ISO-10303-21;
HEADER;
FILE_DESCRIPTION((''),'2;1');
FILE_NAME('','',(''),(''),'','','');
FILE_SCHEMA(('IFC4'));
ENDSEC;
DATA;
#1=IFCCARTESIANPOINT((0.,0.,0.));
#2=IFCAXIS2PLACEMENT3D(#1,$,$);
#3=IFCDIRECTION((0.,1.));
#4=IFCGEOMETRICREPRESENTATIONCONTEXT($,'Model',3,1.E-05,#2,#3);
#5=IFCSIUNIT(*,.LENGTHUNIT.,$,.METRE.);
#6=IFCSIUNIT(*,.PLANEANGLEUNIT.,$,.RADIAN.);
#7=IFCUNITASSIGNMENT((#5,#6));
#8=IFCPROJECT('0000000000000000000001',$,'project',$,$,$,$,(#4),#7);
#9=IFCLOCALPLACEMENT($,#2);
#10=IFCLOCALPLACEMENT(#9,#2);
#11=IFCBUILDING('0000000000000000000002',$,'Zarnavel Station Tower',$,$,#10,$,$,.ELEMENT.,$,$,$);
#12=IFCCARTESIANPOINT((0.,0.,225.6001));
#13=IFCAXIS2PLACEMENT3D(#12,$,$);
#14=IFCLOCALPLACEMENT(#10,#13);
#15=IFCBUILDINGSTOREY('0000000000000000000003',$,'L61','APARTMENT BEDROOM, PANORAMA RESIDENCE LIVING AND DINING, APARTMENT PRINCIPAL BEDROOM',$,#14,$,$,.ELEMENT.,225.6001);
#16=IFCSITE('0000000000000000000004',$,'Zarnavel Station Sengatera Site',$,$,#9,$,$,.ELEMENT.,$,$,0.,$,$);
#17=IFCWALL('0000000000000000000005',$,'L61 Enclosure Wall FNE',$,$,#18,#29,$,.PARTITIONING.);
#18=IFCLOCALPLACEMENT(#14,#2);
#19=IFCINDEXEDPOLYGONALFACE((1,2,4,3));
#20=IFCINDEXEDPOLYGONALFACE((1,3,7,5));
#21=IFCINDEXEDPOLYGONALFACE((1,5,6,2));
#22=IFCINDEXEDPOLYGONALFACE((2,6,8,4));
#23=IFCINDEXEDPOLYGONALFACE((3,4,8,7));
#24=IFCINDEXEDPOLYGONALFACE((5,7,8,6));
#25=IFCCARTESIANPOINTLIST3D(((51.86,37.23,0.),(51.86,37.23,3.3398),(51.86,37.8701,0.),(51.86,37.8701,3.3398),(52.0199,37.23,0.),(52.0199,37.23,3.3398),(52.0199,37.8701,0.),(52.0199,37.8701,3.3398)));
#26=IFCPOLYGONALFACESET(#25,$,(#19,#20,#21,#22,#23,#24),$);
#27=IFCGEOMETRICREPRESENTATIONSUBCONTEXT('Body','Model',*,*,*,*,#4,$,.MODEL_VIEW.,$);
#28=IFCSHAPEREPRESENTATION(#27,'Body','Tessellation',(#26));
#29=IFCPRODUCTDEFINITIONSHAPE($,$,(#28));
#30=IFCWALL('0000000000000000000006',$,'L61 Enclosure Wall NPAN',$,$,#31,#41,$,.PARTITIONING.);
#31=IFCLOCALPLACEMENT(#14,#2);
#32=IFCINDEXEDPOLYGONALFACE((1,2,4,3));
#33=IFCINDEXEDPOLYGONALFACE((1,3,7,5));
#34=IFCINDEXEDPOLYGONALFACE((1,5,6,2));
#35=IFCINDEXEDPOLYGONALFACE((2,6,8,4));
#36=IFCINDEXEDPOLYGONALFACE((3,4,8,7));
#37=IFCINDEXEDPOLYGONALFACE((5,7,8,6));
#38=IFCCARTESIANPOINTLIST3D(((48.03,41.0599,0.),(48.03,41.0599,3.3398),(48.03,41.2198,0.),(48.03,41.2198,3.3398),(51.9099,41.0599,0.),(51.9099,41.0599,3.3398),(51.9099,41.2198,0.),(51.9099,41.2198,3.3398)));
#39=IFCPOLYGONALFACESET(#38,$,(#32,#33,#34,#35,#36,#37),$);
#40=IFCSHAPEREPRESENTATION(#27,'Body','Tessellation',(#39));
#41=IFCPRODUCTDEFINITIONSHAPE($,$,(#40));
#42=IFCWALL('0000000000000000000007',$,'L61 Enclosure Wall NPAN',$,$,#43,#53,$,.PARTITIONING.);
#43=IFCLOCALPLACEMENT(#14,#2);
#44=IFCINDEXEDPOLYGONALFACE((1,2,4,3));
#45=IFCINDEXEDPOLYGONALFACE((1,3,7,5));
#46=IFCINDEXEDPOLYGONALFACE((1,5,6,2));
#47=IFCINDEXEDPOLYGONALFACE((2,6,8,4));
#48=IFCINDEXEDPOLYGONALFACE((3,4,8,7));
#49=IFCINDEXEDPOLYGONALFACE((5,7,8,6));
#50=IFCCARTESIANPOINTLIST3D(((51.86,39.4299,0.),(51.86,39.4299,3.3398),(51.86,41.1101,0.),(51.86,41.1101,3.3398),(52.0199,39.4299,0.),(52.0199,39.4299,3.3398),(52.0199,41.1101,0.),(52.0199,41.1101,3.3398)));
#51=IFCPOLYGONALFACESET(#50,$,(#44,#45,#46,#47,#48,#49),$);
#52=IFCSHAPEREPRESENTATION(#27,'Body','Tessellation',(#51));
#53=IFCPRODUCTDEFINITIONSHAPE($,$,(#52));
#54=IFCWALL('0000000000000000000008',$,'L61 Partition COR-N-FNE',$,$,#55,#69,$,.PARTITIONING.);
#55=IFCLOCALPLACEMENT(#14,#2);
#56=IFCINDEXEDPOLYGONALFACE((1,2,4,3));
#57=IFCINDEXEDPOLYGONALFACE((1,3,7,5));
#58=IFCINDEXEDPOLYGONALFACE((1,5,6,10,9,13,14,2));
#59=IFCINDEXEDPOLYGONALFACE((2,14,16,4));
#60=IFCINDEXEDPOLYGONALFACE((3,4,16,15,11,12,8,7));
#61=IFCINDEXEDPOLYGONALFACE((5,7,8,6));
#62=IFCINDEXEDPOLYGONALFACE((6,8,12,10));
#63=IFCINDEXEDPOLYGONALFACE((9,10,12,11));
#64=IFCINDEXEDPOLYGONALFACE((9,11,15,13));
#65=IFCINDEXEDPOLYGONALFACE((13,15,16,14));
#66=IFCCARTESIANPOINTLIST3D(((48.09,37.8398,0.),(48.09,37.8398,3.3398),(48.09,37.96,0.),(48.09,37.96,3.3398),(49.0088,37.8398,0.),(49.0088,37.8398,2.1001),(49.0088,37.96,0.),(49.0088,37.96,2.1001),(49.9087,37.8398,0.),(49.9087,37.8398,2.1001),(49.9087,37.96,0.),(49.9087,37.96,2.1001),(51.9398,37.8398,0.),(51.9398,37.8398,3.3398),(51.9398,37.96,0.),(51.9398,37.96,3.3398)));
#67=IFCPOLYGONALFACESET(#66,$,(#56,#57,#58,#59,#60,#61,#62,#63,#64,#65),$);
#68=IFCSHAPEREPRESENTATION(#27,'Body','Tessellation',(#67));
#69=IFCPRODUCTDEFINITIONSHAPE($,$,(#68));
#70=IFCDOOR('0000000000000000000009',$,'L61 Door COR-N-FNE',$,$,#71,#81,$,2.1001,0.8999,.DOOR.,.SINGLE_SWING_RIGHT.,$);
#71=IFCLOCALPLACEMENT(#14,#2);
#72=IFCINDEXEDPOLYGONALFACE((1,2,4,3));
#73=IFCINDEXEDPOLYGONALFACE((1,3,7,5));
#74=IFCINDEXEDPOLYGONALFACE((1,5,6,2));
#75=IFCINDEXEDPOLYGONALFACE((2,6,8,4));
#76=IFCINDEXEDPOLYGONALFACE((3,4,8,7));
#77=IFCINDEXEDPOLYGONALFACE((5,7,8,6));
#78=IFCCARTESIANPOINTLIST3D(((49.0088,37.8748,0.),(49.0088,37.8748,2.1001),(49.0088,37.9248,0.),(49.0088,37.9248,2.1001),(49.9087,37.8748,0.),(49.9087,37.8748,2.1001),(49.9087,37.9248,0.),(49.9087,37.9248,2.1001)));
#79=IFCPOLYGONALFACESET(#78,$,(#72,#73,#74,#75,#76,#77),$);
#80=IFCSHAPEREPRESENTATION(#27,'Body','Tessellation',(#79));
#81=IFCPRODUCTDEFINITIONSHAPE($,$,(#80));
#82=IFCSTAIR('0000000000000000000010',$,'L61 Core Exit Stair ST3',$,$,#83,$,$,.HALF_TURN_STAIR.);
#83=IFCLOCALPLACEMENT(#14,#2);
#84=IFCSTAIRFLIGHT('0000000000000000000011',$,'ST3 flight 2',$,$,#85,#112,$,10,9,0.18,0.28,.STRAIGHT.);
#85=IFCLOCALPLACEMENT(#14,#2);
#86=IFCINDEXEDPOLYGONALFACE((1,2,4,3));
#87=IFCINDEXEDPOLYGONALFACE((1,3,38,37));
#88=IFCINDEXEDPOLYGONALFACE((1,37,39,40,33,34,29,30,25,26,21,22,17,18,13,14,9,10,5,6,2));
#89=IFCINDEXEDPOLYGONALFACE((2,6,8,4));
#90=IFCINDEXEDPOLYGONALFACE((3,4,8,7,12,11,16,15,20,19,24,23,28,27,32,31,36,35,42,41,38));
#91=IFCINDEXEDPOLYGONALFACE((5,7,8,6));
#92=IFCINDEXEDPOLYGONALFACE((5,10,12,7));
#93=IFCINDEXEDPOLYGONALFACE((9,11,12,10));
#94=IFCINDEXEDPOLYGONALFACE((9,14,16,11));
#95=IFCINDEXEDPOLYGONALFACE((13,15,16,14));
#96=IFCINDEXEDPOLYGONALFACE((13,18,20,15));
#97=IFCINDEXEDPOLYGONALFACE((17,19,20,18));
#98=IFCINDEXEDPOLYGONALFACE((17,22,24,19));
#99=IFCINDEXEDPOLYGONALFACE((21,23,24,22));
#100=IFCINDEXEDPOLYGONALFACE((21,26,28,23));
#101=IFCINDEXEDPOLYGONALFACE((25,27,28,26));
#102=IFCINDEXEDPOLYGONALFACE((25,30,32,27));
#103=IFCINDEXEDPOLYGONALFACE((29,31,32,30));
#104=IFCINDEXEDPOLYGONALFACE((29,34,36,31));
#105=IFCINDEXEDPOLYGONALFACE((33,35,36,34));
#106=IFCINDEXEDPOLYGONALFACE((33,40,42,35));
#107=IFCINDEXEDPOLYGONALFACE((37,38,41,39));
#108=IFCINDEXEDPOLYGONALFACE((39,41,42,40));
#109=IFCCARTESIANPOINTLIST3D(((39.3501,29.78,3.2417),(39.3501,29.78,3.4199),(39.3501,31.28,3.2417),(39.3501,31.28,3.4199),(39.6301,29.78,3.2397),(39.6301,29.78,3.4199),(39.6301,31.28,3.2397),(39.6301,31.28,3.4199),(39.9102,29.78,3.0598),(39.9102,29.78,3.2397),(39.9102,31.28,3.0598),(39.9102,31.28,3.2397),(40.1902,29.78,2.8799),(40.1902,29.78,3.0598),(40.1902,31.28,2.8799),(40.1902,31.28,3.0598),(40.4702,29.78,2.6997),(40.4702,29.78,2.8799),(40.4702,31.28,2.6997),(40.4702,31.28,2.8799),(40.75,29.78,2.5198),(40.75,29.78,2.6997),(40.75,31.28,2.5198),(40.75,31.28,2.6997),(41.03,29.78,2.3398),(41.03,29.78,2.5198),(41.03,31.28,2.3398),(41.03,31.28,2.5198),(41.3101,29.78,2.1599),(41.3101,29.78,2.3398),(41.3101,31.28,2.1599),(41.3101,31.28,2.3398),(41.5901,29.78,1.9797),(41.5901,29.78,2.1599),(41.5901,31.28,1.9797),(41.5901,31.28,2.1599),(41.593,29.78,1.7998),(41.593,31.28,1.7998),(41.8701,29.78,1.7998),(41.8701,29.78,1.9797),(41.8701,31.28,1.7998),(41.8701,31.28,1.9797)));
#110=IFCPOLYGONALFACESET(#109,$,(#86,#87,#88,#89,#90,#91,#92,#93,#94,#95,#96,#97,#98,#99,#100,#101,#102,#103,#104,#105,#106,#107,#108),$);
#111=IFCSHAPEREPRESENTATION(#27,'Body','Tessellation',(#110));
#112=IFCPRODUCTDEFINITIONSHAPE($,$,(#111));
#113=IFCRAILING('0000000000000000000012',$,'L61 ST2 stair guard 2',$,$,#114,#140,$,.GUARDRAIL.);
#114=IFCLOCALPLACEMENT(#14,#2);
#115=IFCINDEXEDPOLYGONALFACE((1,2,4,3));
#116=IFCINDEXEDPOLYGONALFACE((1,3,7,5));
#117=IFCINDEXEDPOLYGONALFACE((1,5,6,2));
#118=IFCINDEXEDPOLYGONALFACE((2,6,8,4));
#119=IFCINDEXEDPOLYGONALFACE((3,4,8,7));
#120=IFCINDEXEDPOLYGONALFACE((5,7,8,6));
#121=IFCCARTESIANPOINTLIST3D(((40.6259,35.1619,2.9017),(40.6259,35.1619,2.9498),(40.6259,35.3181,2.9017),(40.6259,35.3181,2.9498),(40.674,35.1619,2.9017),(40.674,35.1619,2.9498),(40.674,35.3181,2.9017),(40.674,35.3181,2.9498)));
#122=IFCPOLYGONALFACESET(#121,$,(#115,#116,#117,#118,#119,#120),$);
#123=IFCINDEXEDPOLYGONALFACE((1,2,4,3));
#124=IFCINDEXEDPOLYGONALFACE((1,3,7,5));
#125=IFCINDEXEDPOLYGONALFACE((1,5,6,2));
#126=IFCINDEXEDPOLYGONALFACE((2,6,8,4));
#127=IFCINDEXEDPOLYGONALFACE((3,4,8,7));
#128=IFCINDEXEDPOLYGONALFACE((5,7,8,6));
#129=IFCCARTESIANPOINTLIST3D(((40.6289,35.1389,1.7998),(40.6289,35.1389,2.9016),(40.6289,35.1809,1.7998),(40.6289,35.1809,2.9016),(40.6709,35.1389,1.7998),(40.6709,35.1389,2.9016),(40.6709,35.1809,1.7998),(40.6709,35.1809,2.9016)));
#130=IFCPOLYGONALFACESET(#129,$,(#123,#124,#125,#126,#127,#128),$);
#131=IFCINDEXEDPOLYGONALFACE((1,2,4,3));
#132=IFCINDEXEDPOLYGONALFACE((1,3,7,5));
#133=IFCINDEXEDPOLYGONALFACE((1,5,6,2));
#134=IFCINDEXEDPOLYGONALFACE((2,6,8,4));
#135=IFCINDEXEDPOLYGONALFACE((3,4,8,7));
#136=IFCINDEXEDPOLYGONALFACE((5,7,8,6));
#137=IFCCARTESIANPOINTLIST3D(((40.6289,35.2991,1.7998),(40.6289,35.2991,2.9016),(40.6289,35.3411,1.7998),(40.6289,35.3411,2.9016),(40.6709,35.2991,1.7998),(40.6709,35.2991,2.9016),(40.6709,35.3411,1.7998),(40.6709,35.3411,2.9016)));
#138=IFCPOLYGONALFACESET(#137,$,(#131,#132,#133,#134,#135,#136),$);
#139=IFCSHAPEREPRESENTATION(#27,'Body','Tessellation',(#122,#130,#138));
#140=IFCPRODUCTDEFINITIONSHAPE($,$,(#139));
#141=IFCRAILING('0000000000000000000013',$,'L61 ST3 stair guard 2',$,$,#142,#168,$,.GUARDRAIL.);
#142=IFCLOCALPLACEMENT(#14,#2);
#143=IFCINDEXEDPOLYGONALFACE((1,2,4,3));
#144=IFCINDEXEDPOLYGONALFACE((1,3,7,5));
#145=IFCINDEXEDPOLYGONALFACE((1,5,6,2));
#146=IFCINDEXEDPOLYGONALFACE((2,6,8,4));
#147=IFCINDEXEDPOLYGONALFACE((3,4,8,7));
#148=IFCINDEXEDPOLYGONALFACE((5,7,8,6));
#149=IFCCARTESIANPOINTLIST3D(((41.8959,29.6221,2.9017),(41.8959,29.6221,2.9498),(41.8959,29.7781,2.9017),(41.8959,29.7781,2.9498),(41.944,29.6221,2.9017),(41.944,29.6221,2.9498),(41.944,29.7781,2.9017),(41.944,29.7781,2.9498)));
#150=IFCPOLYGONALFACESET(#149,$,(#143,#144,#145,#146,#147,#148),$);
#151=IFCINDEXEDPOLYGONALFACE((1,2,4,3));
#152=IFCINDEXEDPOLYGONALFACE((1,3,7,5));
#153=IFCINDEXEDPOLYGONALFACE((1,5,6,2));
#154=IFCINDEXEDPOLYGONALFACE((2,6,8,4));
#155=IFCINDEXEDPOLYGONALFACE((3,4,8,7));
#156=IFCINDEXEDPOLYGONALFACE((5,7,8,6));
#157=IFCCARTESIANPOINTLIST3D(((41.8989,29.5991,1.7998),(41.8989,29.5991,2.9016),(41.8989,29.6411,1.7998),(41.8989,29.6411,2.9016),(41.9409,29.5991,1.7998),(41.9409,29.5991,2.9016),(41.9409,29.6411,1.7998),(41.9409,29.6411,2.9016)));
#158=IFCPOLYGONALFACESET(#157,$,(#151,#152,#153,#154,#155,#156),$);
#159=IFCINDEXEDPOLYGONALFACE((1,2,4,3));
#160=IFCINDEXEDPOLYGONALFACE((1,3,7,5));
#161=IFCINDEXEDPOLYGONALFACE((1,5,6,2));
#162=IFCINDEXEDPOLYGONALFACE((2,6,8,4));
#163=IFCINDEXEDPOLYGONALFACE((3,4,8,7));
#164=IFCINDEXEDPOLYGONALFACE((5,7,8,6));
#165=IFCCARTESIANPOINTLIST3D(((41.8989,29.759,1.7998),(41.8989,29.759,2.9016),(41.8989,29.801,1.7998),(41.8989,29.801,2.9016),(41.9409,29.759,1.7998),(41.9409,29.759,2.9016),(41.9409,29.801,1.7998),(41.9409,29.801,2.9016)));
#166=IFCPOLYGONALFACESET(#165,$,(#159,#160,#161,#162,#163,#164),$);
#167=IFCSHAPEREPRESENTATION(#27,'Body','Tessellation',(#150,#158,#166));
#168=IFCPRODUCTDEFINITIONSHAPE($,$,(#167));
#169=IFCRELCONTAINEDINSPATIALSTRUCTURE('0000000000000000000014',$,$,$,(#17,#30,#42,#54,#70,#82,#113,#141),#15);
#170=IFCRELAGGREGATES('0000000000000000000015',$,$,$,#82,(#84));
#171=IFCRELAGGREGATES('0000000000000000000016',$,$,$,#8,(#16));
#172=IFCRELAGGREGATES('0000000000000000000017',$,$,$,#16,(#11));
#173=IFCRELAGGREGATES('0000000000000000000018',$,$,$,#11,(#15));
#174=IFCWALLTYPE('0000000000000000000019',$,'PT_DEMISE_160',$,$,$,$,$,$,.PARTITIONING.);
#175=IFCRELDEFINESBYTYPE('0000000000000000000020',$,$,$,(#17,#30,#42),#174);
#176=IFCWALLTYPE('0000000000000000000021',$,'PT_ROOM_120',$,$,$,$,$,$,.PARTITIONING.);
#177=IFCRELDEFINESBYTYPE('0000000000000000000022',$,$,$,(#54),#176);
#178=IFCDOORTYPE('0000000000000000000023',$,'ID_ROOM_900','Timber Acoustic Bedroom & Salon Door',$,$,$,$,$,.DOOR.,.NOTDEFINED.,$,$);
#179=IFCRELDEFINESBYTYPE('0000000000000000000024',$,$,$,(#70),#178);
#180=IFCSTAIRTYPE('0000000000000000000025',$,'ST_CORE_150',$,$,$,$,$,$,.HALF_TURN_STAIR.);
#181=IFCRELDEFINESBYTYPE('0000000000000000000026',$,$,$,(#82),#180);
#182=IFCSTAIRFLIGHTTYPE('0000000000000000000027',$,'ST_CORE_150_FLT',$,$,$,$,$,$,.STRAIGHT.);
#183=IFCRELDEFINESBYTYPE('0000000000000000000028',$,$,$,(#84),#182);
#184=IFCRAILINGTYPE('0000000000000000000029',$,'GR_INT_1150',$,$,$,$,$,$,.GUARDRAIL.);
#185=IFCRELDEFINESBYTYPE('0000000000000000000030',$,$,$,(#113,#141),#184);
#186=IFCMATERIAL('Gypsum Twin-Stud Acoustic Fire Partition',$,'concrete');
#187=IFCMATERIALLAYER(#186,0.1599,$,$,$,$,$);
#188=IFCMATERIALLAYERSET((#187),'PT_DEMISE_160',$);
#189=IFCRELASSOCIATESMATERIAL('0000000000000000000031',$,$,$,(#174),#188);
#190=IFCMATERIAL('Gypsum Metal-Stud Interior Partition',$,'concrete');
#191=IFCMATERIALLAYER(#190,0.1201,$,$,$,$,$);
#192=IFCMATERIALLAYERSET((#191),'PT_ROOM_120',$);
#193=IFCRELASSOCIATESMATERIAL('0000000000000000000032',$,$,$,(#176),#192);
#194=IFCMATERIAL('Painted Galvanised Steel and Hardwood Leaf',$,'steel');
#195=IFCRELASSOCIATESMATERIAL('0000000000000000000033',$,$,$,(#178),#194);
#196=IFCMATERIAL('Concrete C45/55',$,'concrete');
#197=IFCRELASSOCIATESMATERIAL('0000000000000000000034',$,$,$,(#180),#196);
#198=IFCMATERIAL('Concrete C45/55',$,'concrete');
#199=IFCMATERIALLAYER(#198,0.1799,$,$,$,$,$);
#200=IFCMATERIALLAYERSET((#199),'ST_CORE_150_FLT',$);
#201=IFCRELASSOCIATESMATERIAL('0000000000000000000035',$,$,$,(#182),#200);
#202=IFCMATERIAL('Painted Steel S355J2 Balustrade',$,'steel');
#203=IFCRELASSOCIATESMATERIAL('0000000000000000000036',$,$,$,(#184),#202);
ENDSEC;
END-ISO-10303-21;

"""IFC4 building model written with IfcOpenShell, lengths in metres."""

from ifc_helpers import new_model, si_unit, direction, frame, frame_2d, origin, origin_2d, place, context, subcontext, project, spatial, polyline, rectangle, outline, extrude, material, layer, layer_set, type_object, element, fill, aggregate, save


model = new_model("IFC4")

# Units and contexts
model_context = context("Model", 3, precision=1e-05, world=origin(), true_north=direction((0.0, 1.0)))
body_context = subcontext(model_context, "Body", "Model", "MODEL_VIEW")
ifc_project = project(units=[si_unit("LENGTHUNIT", "METRE"), si_unit("PLANEANGLEUNIT", "RADIAN")], contexts=[model_context])

# Site, building, storey
site_placement = place(None, origin())
site = spatial("IfcSite", under=ifc_project, at=site_placement, Name="Zarnavel Station Sengatera Site", CompositionType="ELEMENT", RefElevation=0.0)
building_placement = place(site_placement, origin())
building = spatial("IfcBuilding", under=site, at=building_placement, Name="Zarnavel Station Tower", CompositionType="ELEMENT")
storey_placement = place(building_placement, frame((0.0, 0.0, 225.6001)))
storey = spatial("IfcBuildingStorey", under=building, at=storey_placement, Name="L61", Description="APARTMENT BEDROOM, PANORAMA RESIDENCE LIVING AND DINING, APARTMENT PRINCIPAL BEDROOM", CompositionType="ELEMENT", Elevation=225.6001)

# Walls
ifc_material_1 = material(Name="Gypsum Twin-Stud Acoustic Fire Partition", Category="concrete")
ifc_layer_1 = layer(ifc_material_1, 0.1599)
ifc_layer_set_1 = layer_set([ifc_layer_1], Name="PT_DEMISE_160")
wall_type_1 = type_object("IfcWallType", Name="PT_DEMISE_160", PredefinedType="PARTITIONING", material=ifc_layer_set_1)
wall_1_placement = place(storey_placement, frame((51.9399, 37.23, 0.0), z_axis=(0.0, 0.0, 1.0), x_axis=(0.0, 1.0, 0.0)))
element("IfcWall", 1, at=wall_1_placement, inside=storey, type_object=wall_type_1, Name="L61 Enclosure Wall FNE", PredefinedType="PARTITIONING", context=body_context, shape_type="SweptSolid", body=[
    extrude(rectangle(XDim=0.6401, YDim=0.1599, at=frame_2d((0.3201, 0.0))), origin(), (0.0, 0.0, 1.0), 3.3398),
])
wall_2_placement = place(storey_placement, frame((48.03, 41.1399, 0.0), z_axis=(0.0, 0.0, 1.0), x_axis=(1.0, 0.0, 0.0)))
element("IfcWall", 2, at=wall_2_placement, inside=storey, type_object=wall_type_1, Name="L61 Enclosure Wall NPAN", PredefinedType="PARTITIONING", context=body_context, shape_type="SweptSolid", body=[
    extrude(rectangle(XDim=3.8799, YDim=0.1599, at=frame_2d((1.9399, 0.0))), origin(), (0.0, 0.0, 1.0), 3.3398),
])
wall_3_placement = place(storey_placement, frame((51.9399, 39.4299, 0.0), z_axis=(0.0, 0.0, 1.0), x_axis=(0.0, 1.0, 0.0)))
element("IfcWall", 3, at=wall_3_placement, inside=storey, type_object=wall_type_1, Name="L61 Enclosure Wall NPAN", PredefinedType="PARTITIONING", context=body_context, shape_type="SweptSolid", body=[
    extrude(rectangle(XDim=1.6802, YDim=0.1599, at=frame_2d((0.8401, 0.0))), origin(), (0.0, 0.0, 1.0), 3.3398),
])

# Wall, opening, door
ifc_material_2 = material(Name="Gypsum Metal-Stud Interior Partition", Category="concrete")
ifc_layer_2 = layer(ifc_material_2, 0.1201)
ifc_layer_set_2 = layer_set([ifc_layer_2], Name="PT_ROOM_120")
wall_type_2 = type_object("IfcWallType", Name="PT_ROOM_120", PredefinedType="PARTITIONING", material=ifc_layer_set_2)
wall_4_placement = place(storey_placement, frame((48.0901, 37.8999, 0.0), z_axis=(0.0, 0.0, 1.0), x_axis=(1.0, 0.0, 0.0)))
wall_4 = element("IfcWall", 4, at=wall_4_placement, inside=storey, type_object=wall_type_2, Name="L61 Partition COR-N-FNE", PredefinedType="PARTITIONING", context=body_context, shape_type="SweptSolid", body=[
    extrude(rectangle(XDim=3.8499, YDim=0.1201, at=frame_2d((1.9248, 0.0))), origin(), (0.0, 0.0, 1.0), 3.3398),
])
opening_1_placement = place(wall_4_placement, frame((0.9187, 0.0, 0.0)))
opening_1 = element("IfcOpeningElement", 5, at=opening_1_placement, cuts=wall_4, PredefinedType="OPENING", context=body_context, shape_type="SweptSolid", body=[
    extrude(rectangle(XDim=0.8999, YDim=2.1001, at=frame_2d((0.45, 1.05))), frame((0.0, 0.0701, 0.0), z_axis=(0.0, -1.0, 0.0), x_axis=(1.0, 0.0, 0.0)), (0.0, 0.0, 1.0), 0.1401),
])
ifc_material_3 = material(Name="Painted Galvanised Steel and Hardwood Leaf", Category="steel")
door_type_1 = type_object("IfcDoorType", Name="ID_ROOM_900", Description="Timber Acoustic Bedroom & Salon Door", OperationType="NOTDEFINED", PredefinedType="DOOR", material=ifc_material_3)
door_1_placement = place(opening_1_placement, origin())
door_1 = element("IfcDoor", 6, at=door_1_placement, inside=storey, type_object=door_type_1, Name="L61 Door COR-N-FNE", OperationType="SINGLE_SWING_RIGHT", OverallHeight=2.1001, OverallWidth=0.8999, PredefinedType="DOOR", context=body_context, shape_type="SweptSolid", body=[
    extrude(rectangle(XDim=0.8999, YDim=2.1001, at=frame_2d((0.45, 1.05))), frame((0.0, 0.0249, 0.0), z_axis=(0.0, -1.0, 0.0), x_axis=(1.0, 0.0, 0.0)), (0.0, 0.0, 1.0), 0.05),
])
fill(opening_1, door_1)

# Stair, stair flight
ifc_material_4 = material(Name="Concrete C45/55", Category="concrete")
stair_type = type_object("IfcStairType", Name="ST_CORE_150", PredefinedType="HALF_TURN_STAIR", material=ifc_material_4)
stair_placement = place(storey_placement, origin())
stair = element("IfcStair", 7, at=stair_placement, inside=storey, type_object=stair_type, Name="L61 Core Exit Stair ST3", PredefinedType="HALF_TURN_STAIR")
ifc_material_5 = material(Name="Concrete C45/55", Category="concrete")
ifc_layer_3 = layer(ifc_material_5, 0.1799)
ifc_layer_set_3 = layer_set([ifc_layer_3], Name="ST_CORE_150_FLT")
stair_flight_type = type_object("IfcStairFlightType", Name="ST_CORE_150_FLT", PredefinedType="STRAIGHT", material=ifc_layer_set_3)
stair_flight_placement = place(storey_placement, frame((41.8701, 30.53, 1.7998), z_axis=(0.0, 0.0, 1.0), x_axis=(-1.0, 0.0, 0.0)))
stair_flight = element("IfcStairFlight", 8, at=stair_flight_placement, type_object=stair_flight_type, Name="ST3 flight 2", NumberOfRisers=10, NumberOfTreads=9, PredefinedType="STRAIGHT", RiserHeight=0.18, TreadLength=0.28, context=body_context, shape_type="SweptSolid", body=[
    extrude(outline(polyline([(0.0, 0.0), (0.0, 0.1799), (0.28, 0.1799), (0.28, 0.3601), (0.5601, 0.3601), (0.5601, 0.54), (0.8401, 0.54), (0.8401, 0.72), (1.1201, 0.72), (1.1201, 0.8999), (1.3999, 0.8999), (1.3999, 1.0801), (1.6799, 1.0801), (1.6799, 1.26), (1.96, 1.26), (1.96, 1.4399), (2.24, 1.4399), (2.24, 1.6201), (2.52, 1.6201), (2.52, 1.8), (2.52, 1.4419), (0.2771, 0.0), (0.0, 0.0)])), frame((0.0, 0.75, 0.0), z_axis=(0.0, -1.0, 0.0), x_axis=(1.0, 0.0, 0.0)), (0.0, 0.0, 1.0), 1.5),
])
aggregate(stair, [stair_flight])

# Railings
ifc_material_6 = material(Name="Painted Steel S355J2 Balustrade", Category="steel")
railing_type_1 = type_object("IfcRailingType", Name="GR_INT_1150", PredefinedType="GUARDRAIL", material=ifc_material_6)
railing_1_placement = place(storey_placement, frame((40.6499, 35.1599, 1.7998)))
element("IfcRailing", 9, at=railing_1_placement, inside=storey, type_object=railing_type_1, Name="L61 ST2 stair guard 2", PredefinedType="GUARDRAIL", context=body_context, shape_type="SweptSolid", body=[
    extrude(rectangle(XDim=0.0481, YDim=0.0481, at=origin_2d()), frame((0.0, 0.002, 1.126), z_axis=(0.0, 1.0, 0.0), x_axis=(-1.0, 0.0, 0.0)), (0.0, 0.0, 1.0), 0.1562),
    extrude(rectangle(XDim=0.042, YDim=0.042, at=origin_2d()), origin(), (0.0, 0.0, 1.0), 1.1018),
    extrude(rectangle(XDim=0.042, YDim=0.042, at=origin_2d()), frame((0.0, 0.1602, 0.0)), (0.0, 0.0, 1.0), 1.1018),
])
railing_2_placement = place(storey_placement, frame((41.9199, 29.6201, 1.7998)))
element("IfcRailing", 10, at=railing_2_placement, inside=storey, type_object=railing_type_1, Name="L61 ST3 stair guard 2", PredefinedType="GUARDRAIL", context=body_context, shape_type="SweptSolid", body=[
    extrude(rectangle(XDim=0.0481, YDim=0.0481, at=origin_2d()), frame((0.0, 0.002, 1.126), z_axis=(0.0, 1.0, 0.0), x_axis=(-1.0, 0.0, 0.0)), (0.0, 0.0, 1.0), 0.156),
    extrude(rectangle(XDim=0.042, YDim=0.042, at=origin_2d()), origin(), (0.0, 0.0, 1.0), 1.1018),
    extrude(rectangle(XDim=0.042, YDim=0.042, at=origin_2d()), frame((0.0, 0.1599, 0.0)), (0.0, 0.0, 1.0), 1.1018),
])

save(model, "model.ifc")
